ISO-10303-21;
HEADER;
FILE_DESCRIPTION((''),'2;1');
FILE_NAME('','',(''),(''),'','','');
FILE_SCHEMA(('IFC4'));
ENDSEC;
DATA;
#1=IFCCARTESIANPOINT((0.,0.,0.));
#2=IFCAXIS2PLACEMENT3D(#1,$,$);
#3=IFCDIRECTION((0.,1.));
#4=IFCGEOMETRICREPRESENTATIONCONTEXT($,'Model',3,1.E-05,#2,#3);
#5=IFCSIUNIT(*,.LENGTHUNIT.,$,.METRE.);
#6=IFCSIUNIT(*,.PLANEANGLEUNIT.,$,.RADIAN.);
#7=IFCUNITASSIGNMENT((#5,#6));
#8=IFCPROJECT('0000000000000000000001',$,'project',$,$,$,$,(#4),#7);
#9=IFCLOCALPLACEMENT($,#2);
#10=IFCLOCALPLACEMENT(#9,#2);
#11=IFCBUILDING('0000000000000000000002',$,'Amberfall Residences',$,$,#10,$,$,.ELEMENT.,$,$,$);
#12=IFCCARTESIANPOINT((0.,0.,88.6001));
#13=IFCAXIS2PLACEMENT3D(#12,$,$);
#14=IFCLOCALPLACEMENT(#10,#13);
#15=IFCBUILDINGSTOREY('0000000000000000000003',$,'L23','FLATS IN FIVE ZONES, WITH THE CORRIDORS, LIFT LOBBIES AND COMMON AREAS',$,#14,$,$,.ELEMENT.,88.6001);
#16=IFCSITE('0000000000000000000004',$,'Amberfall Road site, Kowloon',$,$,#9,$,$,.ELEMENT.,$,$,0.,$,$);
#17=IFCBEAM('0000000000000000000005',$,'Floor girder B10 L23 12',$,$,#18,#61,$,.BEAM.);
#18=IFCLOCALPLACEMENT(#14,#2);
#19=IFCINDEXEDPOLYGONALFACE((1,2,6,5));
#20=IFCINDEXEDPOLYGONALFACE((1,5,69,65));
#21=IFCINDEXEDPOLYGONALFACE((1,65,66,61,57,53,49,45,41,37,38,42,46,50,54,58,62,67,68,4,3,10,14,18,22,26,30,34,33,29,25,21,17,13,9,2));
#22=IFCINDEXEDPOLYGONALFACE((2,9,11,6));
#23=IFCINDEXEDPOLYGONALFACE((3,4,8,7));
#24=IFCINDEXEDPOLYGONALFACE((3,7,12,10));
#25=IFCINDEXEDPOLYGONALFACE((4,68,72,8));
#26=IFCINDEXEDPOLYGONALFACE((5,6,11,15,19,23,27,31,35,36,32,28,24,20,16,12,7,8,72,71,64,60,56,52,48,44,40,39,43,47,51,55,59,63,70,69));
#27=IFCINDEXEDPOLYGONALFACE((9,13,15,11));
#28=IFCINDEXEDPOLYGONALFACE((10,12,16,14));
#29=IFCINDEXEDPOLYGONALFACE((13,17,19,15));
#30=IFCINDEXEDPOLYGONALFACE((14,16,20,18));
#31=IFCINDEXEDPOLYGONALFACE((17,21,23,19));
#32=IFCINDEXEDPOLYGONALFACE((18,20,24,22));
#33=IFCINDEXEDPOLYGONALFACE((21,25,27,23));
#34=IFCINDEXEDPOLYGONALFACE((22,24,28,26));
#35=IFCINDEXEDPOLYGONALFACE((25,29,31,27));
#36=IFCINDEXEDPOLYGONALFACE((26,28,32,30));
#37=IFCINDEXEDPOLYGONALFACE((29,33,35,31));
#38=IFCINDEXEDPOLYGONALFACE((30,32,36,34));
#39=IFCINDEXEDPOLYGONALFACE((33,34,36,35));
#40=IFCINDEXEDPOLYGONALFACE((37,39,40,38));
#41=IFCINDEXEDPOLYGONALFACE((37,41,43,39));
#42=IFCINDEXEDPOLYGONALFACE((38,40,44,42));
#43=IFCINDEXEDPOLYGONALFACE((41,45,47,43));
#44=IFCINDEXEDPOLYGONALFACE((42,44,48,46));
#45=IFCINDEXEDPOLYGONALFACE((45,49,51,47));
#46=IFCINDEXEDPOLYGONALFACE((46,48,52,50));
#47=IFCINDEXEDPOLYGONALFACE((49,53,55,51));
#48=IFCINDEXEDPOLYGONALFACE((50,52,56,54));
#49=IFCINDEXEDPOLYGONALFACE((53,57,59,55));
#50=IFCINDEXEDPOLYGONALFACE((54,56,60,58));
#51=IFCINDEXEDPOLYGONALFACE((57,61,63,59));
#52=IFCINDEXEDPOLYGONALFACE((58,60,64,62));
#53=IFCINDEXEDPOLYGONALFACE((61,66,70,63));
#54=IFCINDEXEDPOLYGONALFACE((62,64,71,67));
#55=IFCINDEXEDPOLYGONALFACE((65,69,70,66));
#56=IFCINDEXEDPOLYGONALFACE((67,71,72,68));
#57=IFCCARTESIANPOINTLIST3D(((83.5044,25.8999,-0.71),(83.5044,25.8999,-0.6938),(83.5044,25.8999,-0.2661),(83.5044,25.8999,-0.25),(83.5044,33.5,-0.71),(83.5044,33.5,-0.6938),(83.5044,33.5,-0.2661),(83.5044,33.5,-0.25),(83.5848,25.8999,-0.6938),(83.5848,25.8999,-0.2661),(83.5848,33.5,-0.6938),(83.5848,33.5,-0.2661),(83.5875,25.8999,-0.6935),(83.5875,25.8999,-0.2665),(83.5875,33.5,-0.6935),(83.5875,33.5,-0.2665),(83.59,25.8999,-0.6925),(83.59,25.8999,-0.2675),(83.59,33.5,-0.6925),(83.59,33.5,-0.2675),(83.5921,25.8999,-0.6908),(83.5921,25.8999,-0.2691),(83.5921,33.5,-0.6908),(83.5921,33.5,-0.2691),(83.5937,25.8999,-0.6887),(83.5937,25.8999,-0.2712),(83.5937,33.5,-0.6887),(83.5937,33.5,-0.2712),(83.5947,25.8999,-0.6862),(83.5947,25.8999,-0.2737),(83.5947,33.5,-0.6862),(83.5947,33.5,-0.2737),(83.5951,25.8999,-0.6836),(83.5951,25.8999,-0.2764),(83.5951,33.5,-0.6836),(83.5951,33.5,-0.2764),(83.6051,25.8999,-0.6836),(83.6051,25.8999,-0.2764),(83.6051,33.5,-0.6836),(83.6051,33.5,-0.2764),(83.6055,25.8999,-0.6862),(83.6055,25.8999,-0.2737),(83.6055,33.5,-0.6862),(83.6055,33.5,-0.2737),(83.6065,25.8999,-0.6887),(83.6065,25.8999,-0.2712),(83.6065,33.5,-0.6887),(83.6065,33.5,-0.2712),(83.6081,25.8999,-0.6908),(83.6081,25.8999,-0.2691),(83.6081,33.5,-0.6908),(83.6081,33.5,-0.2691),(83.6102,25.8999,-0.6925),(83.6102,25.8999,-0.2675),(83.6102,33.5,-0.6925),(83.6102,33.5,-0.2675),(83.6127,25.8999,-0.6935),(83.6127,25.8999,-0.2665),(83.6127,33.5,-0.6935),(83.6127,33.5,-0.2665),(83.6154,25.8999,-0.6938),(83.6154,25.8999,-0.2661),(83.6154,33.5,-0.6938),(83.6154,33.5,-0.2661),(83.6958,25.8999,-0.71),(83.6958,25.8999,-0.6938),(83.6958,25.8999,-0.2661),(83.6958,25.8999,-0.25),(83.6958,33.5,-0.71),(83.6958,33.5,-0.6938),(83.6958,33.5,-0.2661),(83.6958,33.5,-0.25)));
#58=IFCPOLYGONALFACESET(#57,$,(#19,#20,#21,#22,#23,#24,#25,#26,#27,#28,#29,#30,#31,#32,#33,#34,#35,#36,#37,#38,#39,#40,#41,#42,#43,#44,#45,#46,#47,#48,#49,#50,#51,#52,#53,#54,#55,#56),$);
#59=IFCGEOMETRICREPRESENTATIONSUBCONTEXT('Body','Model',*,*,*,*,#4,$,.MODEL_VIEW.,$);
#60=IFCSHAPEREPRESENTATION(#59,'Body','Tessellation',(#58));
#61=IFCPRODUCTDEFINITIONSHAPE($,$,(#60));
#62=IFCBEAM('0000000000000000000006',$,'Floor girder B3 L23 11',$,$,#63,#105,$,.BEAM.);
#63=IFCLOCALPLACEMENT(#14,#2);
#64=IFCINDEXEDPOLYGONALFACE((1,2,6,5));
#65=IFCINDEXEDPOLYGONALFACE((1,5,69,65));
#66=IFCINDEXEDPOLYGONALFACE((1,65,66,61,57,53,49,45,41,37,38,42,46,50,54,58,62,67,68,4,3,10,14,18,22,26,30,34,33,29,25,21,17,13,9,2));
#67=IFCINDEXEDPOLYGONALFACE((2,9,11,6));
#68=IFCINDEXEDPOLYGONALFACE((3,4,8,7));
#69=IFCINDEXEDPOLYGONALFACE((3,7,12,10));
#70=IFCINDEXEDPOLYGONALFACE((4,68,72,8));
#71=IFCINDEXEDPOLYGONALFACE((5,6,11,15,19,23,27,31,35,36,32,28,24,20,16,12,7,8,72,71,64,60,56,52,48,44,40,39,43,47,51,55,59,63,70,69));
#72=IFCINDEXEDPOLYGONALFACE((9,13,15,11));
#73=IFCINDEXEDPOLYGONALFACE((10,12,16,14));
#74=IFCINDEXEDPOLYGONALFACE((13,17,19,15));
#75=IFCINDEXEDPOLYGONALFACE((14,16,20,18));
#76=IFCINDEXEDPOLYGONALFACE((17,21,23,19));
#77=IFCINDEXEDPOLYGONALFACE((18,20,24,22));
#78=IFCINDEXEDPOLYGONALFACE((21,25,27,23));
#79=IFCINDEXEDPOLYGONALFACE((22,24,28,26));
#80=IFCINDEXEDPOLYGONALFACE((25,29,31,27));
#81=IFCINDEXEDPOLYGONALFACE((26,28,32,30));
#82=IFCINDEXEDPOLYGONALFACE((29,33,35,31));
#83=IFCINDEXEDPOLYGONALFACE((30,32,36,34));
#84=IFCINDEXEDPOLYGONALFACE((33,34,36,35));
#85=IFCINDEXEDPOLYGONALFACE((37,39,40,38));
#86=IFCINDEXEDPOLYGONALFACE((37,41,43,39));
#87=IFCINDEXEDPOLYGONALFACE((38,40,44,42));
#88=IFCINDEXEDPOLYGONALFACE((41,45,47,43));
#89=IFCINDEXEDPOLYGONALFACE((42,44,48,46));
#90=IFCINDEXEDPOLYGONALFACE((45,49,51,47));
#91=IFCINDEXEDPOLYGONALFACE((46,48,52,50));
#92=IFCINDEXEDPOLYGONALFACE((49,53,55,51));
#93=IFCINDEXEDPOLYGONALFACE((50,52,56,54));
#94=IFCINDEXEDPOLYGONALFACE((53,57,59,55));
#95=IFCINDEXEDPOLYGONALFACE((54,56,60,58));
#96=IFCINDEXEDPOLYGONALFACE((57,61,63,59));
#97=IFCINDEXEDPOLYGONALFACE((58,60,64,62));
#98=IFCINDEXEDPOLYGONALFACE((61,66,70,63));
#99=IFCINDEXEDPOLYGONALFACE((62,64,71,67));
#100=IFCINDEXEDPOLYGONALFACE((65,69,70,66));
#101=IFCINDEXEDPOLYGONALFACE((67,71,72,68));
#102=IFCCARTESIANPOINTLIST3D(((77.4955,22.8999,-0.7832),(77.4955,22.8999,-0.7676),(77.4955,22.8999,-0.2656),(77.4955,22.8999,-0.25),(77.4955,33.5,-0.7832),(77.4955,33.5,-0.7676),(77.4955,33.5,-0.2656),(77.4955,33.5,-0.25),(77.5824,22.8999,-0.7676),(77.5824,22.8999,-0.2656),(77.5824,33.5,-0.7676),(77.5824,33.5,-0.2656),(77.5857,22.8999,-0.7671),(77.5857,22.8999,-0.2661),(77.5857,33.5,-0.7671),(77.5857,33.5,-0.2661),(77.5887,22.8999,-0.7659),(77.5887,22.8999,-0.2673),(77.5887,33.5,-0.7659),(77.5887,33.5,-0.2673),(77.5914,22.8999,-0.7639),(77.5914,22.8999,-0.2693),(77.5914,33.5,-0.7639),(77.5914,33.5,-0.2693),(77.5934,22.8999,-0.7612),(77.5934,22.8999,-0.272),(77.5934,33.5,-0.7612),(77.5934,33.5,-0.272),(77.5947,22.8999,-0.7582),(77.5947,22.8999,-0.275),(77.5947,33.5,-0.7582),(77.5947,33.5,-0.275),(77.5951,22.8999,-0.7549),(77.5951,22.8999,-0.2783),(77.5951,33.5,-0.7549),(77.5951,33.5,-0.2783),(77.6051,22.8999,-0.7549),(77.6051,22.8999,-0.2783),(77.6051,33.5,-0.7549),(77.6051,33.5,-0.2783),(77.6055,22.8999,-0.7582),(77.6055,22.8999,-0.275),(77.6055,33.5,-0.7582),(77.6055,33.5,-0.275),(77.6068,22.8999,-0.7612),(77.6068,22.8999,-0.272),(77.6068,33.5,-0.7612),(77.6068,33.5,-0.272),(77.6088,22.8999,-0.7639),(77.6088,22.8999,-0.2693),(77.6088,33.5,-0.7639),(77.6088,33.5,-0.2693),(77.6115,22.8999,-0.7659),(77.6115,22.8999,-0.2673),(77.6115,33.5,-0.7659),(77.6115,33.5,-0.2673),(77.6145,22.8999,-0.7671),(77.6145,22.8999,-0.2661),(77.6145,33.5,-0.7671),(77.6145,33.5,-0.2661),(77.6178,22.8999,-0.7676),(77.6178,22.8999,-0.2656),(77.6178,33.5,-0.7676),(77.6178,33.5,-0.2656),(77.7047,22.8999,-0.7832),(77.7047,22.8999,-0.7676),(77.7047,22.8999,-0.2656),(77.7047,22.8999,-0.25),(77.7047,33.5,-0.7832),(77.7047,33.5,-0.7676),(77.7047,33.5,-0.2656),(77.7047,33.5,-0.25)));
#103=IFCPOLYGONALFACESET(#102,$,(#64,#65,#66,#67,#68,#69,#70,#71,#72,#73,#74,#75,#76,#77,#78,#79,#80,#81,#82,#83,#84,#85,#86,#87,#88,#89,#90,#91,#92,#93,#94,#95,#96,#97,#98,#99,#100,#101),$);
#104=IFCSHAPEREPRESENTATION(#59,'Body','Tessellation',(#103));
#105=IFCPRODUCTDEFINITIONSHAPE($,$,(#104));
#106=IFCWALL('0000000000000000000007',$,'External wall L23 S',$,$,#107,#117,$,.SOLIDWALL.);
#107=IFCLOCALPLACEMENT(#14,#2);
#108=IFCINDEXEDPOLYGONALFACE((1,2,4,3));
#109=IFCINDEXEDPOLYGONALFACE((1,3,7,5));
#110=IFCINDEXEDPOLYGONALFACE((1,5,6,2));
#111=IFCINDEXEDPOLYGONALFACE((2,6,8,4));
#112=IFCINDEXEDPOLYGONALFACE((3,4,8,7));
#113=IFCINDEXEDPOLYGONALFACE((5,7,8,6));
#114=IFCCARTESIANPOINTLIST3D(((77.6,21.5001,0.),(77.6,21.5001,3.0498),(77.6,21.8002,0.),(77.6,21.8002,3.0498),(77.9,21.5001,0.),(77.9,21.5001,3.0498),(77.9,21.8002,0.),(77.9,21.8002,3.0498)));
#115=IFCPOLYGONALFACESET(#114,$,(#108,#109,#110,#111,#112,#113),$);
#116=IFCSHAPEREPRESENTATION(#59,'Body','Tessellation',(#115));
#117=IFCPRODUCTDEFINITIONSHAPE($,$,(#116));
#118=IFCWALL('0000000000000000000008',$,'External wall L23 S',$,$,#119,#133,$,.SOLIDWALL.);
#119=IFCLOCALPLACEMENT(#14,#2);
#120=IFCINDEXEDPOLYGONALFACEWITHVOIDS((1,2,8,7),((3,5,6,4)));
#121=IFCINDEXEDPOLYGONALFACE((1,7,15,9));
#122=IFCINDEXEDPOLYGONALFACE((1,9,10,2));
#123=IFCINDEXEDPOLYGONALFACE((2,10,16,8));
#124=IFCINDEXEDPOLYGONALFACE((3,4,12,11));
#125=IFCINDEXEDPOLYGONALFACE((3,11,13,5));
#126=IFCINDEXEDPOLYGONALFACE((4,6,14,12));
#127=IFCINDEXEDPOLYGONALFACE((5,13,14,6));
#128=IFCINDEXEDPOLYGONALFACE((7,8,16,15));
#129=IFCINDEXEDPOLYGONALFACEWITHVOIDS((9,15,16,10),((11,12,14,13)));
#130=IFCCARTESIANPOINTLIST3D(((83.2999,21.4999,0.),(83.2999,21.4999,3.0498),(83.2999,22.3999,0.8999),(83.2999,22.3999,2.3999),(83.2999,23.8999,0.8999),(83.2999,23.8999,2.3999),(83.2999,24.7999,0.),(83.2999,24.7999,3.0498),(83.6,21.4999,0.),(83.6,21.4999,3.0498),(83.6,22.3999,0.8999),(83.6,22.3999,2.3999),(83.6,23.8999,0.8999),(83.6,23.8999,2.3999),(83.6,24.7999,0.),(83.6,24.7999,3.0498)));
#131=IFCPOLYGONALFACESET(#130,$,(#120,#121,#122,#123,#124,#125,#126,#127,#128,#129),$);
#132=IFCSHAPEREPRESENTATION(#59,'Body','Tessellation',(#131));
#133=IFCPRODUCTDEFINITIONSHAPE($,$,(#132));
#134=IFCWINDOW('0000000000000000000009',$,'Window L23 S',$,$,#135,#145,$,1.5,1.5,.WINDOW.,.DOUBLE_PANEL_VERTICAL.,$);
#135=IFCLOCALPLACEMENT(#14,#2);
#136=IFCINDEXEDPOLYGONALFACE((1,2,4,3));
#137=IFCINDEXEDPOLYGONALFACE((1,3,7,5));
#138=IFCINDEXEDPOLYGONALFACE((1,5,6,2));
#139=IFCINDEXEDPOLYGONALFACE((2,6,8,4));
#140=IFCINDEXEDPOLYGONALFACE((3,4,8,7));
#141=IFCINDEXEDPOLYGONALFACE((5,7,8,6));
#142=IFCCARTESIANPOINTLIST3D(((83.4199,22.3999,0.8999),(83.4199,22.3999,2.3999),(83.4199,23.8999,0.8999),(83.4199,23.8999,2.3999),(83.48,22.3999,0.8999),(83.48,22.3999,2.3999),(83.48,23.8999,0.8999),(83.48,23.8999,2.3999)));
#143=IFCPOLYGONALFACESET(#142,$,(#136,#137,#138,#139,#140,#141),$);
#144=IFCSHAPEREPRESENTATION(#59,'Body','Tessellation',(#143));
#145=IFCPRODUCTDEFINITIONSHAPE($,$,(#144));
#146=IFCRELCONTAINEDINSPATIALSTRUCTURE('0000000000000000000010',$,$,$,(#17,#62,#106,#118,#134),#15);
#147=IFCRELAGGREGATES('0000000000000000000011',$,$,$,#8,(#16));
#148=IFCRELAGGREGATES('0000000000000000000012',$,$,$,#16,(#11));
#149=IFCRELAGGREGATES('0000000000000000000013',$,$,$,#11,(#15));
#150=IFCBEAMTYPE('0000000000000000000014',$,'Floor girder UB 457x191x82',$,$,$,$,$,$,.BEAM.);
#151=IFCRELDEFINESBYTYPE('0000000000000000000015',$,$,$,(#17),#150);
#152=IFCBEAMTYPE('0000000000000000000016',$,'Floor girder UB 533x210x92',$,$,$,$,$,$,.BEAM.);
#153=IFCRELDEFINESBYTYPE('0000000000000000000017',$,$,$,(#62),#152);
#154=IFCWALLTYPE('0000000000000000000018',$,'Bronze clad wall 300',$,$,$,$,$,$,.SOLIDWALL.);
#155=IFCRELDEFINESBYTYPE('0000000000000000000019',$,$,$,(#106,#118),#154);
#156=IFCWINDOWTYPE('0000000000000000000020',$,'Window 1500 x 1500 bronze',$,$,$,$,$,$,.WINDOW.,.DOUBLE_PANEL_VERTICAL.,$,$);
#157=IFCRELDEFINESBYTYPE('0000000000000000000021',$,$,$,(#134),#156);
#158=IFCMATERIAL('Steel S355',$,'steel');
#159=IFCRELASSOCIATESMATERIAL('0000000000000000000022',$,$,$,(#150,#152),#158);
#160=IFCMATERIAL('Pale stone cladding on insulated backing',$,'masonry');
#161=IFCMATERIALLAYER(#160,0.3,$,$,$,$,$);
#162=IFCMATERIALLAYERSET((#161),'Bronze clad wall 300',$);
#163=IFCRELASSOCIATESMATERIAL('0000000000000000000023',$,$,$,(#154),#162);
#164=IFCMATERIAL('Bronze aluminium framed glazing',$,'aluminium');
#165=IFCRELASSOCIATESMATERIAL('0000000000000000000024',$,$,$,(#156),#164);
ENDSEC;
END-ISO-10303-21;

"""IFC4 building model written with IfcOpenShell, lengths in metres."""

from ifc_helpers import new_model, si_unit, direction, frame, frame_2d, origin, origin_2d, place, context, subcontext, project, spatial, rectangle, i_section, extrude, material, layer, layer_set, material_profile, profile_set, type_object, element, fill, save


model = new_model("IFC4")

# Units and contexts
model_context = context("Model", 3, precision=1e-05, world=origin(), true_north=direction((0.0, 1.0)))
body_context = subcontext(model_context, "Body", "Model", "MODEL_VIEW")
ifc_project = project(units=[si_unit("LENGTHUNIT", "METRE"), si_unit("PLANEANGLEUNIT", "RADIAN")], contexts=[model_context])

# Site, building, storey
site_placement = place(None, origin())
site = spatial("IfcSite", under=ifc_project, at=site_placement, Name="Amberfall Road site, Kowloon", CompositionType="ELEMENT", RefElevation=0.0)
building_placement = place(site_placement, origin())
building = spatial("IfcBuilding", under=site, at=building_placement, Name="Amberfall Residences", CompositionType="ELEMENT")
storey_placement = place(building_placement, frame((0.0, 0.0, 88.6001)))
storey = spatial("IfcBuildingStorey", under=building, at=storey_placement, Name="L23", Description="FLATS IN FIVE ZONES, WITH THE CORRIDORS, LIFT LOBBIES AND COMMON AREAS", CompositionType="ELEMENT", Elevation=88.6001)

# Beams
ifc_material_1 = material(Name="Steel S355", Category="steel")
ifc_material_profile_1 = material_profile(ifc_material_1, i_section(OverallWidth=0.1914, OverallDepth=0.46, WebThickness=0.01, FlangeThickness=0.0161, FilletRadius=0.0103, at=origin_2d()), Name="UB 457x191x82")
ifc_profile_set_1 = profile_set([ifc_material_profile_1], Name="Steel S355")
beam_type_1 = type_object("IfcBeamType", Name="Floor girder UB 457x191x82", PredefinedType="BEAM", material=ifc_profile_set_1)
beam_1_placement = place(storey_placement, frame((83.6001, 25.8999, -0.48), z_axis=(0.0, 1.0, 0.0), x_axis=(-1.0, 0.0, 0.0)))
element("IfcBeam", 1, at=beam_1_placement, inside=storey, type_object=beam_type_1, Name="Floor girder B10 L23 12", PredefinedType="BEAM", context=body_context, shape_type="SweptSolid", body=[
    extrude(i_section(OverallWidth=0.1914, OverallDepth=0.46, WebThickness=0.01, FlangeThickness=0.0161, FilletRadius=0.0103, at=origin_2d()), origin(), (0.0, 0.0, 1.0), 7.6001),
])
ifc_material_profile_2 = material_profile(ifc_material_1, i_section(OverallWidth=0.2092, OverallDepth=0.5332, WebThickness=0.01, FlangeThickness=0.0156, FilletRadius=0.0127, at=origin_2d()), Name="UB 533x210x92")
ifc_profile_set_2 = profile_set([ifc_material_profile_2], Name="Steel S355")
beam_type_2 = type_object("IfcBeamType", Name="Floor girder UB 533x210x92", PredefinedType="BEAM", material=ifc_profile_set_2)
beam_2_placement = place(storey_placement, frame((77.6001, 22.8999, -0.5166), z_axis=(0.0, 1.0, 0.0), x_axis=(-1.0, 0.0, 0.0)))
element("IfcBeam", 2, at=beam_2_placement, inside=storey, type_object=beam_type_2, Name="Floor girder B3 L23 11", PredefinedType="BEAM", context=body_context, shape_type="SweptSolid", body=[
    extrude(i_section(OverallWidth=0.2092, OverallDepth=0.5332, WebThickness=0.01, FlangeThickness=0.0156, FilletRadius=0.0127, at=origin_2d()), origin(), (0.0, 0.0, 1.0), 10.6001),
])

# Wall
ifc_material_2 = material(Name="Pale stone cladding on insulated backing", Category="masonry")
ifc_layer_1 = layer(ifc_material_2, 0.3)
ifc_layer_set_1 = layer_set([ifc_layer_1], Name="Bronze clad wall 300")
wall_type_1 = type_object("IfcWallType", Name="Bronze clad wall 300", PredefinedType="SOLIDWALL", material=ifc_layer_set_1)
wall_1_placement = place(storey_placement, frame((77.75, 21.8, 0.0), z_axis=(0.0, 0.0, 1.0), x_axis=(0.0, -1.0, 0.0)))
element("IfcWall", 3, at=wall_1_placement, inside=storey, type_object=wall_type_1, Name="External wall L23 S", PredefinedType="SOLIDWALL", context=body_context, shape_type="SweptSolid", body=[
    extrude(rectangle(XDim=0.3, YDim=0.3, at=frame_2d((0.1499, 0.0))), origin(), (0.0, 0.0, 1.0), 3.0498),
])

# Wall, opening, window
wall_2_placement = place(storey_placement, frame((83.45, 21.5, 0.0), z_axis=(0.0, 0.0, 1.0), x_axis=(0.0, 1.0, 0.0)))
wall_2 = element("IfcWall", 4, at=wall_2_placement, inside=storey, type_object=wall_type_1, Name="External wall L23 S", PredefinedType="SOLIDWALL", context=body_context, shape_type="SweptSolid", body=[
    extrude(rectangle(XDim=3.3, YDim=0.3, at=frame_2d((1.6499, 0.0))), origin(), (0.0, 0.0, 1.0), 3.0498),
])
opening_1_placement = place(wall_2_placement, frame((0.8999, 0.0, 0.8999)))
opening_1 = element("IfcOpeningElement", 5, at=opening_1_placement, cuts=wall_2, PredefinedType="OPENING", context=body_context, shape_type="SweptSolid", body=[
    extrude(rectangle(XDim=1.5, YDim=1.5, at=frame_2d((0.75, 0.75))), frame((0.0, 0.1599, 0.0), z_axis=(0.0, -1.0, 0.0), x_axis=(1.0, 0.0, 0.0)), (0.0, 0.0, 1.0), 0.3201),
])
ifc_material_3 = material(Name="Bronze aluminium framed glazing", Category="aluminium")
window_type_1 = type_object("IfcWindowType", Name="Window 1500 x 1500 bronze", PartitioningType="DOUBLE_PANEL_VERTICAL", PredefinedType="WINDOW", material=ifc_material_3)
window_1_placement = place(opening_1_placement, origin())
window_1 = element("IfcWindow", 6, at=window_1_placement, inside=storey, type_object=window_type_1, Name="Window L23 S", OverallHeight=1.5, OverallWidth=1.5, PartitioningType="DOUBLE_PANEL_VERTICAL", PredefinedType="WINDOW", context=body_context, shape_type="SweptSolid", body=[
    extrude(rectangle(XDim=1.5, YDim=1.5, at=frame_2d((0.75, 0.75))), frame((0.0, 0.03, 0.0), z_axis=(0.0, -1.0, 0.0), x_axis=(1.0, 0.0, 0.0)), (0.0, 0.0, 1.0), 0.0601),
])
fill(opening_1, window_1)

save(model, "model.ifc")
